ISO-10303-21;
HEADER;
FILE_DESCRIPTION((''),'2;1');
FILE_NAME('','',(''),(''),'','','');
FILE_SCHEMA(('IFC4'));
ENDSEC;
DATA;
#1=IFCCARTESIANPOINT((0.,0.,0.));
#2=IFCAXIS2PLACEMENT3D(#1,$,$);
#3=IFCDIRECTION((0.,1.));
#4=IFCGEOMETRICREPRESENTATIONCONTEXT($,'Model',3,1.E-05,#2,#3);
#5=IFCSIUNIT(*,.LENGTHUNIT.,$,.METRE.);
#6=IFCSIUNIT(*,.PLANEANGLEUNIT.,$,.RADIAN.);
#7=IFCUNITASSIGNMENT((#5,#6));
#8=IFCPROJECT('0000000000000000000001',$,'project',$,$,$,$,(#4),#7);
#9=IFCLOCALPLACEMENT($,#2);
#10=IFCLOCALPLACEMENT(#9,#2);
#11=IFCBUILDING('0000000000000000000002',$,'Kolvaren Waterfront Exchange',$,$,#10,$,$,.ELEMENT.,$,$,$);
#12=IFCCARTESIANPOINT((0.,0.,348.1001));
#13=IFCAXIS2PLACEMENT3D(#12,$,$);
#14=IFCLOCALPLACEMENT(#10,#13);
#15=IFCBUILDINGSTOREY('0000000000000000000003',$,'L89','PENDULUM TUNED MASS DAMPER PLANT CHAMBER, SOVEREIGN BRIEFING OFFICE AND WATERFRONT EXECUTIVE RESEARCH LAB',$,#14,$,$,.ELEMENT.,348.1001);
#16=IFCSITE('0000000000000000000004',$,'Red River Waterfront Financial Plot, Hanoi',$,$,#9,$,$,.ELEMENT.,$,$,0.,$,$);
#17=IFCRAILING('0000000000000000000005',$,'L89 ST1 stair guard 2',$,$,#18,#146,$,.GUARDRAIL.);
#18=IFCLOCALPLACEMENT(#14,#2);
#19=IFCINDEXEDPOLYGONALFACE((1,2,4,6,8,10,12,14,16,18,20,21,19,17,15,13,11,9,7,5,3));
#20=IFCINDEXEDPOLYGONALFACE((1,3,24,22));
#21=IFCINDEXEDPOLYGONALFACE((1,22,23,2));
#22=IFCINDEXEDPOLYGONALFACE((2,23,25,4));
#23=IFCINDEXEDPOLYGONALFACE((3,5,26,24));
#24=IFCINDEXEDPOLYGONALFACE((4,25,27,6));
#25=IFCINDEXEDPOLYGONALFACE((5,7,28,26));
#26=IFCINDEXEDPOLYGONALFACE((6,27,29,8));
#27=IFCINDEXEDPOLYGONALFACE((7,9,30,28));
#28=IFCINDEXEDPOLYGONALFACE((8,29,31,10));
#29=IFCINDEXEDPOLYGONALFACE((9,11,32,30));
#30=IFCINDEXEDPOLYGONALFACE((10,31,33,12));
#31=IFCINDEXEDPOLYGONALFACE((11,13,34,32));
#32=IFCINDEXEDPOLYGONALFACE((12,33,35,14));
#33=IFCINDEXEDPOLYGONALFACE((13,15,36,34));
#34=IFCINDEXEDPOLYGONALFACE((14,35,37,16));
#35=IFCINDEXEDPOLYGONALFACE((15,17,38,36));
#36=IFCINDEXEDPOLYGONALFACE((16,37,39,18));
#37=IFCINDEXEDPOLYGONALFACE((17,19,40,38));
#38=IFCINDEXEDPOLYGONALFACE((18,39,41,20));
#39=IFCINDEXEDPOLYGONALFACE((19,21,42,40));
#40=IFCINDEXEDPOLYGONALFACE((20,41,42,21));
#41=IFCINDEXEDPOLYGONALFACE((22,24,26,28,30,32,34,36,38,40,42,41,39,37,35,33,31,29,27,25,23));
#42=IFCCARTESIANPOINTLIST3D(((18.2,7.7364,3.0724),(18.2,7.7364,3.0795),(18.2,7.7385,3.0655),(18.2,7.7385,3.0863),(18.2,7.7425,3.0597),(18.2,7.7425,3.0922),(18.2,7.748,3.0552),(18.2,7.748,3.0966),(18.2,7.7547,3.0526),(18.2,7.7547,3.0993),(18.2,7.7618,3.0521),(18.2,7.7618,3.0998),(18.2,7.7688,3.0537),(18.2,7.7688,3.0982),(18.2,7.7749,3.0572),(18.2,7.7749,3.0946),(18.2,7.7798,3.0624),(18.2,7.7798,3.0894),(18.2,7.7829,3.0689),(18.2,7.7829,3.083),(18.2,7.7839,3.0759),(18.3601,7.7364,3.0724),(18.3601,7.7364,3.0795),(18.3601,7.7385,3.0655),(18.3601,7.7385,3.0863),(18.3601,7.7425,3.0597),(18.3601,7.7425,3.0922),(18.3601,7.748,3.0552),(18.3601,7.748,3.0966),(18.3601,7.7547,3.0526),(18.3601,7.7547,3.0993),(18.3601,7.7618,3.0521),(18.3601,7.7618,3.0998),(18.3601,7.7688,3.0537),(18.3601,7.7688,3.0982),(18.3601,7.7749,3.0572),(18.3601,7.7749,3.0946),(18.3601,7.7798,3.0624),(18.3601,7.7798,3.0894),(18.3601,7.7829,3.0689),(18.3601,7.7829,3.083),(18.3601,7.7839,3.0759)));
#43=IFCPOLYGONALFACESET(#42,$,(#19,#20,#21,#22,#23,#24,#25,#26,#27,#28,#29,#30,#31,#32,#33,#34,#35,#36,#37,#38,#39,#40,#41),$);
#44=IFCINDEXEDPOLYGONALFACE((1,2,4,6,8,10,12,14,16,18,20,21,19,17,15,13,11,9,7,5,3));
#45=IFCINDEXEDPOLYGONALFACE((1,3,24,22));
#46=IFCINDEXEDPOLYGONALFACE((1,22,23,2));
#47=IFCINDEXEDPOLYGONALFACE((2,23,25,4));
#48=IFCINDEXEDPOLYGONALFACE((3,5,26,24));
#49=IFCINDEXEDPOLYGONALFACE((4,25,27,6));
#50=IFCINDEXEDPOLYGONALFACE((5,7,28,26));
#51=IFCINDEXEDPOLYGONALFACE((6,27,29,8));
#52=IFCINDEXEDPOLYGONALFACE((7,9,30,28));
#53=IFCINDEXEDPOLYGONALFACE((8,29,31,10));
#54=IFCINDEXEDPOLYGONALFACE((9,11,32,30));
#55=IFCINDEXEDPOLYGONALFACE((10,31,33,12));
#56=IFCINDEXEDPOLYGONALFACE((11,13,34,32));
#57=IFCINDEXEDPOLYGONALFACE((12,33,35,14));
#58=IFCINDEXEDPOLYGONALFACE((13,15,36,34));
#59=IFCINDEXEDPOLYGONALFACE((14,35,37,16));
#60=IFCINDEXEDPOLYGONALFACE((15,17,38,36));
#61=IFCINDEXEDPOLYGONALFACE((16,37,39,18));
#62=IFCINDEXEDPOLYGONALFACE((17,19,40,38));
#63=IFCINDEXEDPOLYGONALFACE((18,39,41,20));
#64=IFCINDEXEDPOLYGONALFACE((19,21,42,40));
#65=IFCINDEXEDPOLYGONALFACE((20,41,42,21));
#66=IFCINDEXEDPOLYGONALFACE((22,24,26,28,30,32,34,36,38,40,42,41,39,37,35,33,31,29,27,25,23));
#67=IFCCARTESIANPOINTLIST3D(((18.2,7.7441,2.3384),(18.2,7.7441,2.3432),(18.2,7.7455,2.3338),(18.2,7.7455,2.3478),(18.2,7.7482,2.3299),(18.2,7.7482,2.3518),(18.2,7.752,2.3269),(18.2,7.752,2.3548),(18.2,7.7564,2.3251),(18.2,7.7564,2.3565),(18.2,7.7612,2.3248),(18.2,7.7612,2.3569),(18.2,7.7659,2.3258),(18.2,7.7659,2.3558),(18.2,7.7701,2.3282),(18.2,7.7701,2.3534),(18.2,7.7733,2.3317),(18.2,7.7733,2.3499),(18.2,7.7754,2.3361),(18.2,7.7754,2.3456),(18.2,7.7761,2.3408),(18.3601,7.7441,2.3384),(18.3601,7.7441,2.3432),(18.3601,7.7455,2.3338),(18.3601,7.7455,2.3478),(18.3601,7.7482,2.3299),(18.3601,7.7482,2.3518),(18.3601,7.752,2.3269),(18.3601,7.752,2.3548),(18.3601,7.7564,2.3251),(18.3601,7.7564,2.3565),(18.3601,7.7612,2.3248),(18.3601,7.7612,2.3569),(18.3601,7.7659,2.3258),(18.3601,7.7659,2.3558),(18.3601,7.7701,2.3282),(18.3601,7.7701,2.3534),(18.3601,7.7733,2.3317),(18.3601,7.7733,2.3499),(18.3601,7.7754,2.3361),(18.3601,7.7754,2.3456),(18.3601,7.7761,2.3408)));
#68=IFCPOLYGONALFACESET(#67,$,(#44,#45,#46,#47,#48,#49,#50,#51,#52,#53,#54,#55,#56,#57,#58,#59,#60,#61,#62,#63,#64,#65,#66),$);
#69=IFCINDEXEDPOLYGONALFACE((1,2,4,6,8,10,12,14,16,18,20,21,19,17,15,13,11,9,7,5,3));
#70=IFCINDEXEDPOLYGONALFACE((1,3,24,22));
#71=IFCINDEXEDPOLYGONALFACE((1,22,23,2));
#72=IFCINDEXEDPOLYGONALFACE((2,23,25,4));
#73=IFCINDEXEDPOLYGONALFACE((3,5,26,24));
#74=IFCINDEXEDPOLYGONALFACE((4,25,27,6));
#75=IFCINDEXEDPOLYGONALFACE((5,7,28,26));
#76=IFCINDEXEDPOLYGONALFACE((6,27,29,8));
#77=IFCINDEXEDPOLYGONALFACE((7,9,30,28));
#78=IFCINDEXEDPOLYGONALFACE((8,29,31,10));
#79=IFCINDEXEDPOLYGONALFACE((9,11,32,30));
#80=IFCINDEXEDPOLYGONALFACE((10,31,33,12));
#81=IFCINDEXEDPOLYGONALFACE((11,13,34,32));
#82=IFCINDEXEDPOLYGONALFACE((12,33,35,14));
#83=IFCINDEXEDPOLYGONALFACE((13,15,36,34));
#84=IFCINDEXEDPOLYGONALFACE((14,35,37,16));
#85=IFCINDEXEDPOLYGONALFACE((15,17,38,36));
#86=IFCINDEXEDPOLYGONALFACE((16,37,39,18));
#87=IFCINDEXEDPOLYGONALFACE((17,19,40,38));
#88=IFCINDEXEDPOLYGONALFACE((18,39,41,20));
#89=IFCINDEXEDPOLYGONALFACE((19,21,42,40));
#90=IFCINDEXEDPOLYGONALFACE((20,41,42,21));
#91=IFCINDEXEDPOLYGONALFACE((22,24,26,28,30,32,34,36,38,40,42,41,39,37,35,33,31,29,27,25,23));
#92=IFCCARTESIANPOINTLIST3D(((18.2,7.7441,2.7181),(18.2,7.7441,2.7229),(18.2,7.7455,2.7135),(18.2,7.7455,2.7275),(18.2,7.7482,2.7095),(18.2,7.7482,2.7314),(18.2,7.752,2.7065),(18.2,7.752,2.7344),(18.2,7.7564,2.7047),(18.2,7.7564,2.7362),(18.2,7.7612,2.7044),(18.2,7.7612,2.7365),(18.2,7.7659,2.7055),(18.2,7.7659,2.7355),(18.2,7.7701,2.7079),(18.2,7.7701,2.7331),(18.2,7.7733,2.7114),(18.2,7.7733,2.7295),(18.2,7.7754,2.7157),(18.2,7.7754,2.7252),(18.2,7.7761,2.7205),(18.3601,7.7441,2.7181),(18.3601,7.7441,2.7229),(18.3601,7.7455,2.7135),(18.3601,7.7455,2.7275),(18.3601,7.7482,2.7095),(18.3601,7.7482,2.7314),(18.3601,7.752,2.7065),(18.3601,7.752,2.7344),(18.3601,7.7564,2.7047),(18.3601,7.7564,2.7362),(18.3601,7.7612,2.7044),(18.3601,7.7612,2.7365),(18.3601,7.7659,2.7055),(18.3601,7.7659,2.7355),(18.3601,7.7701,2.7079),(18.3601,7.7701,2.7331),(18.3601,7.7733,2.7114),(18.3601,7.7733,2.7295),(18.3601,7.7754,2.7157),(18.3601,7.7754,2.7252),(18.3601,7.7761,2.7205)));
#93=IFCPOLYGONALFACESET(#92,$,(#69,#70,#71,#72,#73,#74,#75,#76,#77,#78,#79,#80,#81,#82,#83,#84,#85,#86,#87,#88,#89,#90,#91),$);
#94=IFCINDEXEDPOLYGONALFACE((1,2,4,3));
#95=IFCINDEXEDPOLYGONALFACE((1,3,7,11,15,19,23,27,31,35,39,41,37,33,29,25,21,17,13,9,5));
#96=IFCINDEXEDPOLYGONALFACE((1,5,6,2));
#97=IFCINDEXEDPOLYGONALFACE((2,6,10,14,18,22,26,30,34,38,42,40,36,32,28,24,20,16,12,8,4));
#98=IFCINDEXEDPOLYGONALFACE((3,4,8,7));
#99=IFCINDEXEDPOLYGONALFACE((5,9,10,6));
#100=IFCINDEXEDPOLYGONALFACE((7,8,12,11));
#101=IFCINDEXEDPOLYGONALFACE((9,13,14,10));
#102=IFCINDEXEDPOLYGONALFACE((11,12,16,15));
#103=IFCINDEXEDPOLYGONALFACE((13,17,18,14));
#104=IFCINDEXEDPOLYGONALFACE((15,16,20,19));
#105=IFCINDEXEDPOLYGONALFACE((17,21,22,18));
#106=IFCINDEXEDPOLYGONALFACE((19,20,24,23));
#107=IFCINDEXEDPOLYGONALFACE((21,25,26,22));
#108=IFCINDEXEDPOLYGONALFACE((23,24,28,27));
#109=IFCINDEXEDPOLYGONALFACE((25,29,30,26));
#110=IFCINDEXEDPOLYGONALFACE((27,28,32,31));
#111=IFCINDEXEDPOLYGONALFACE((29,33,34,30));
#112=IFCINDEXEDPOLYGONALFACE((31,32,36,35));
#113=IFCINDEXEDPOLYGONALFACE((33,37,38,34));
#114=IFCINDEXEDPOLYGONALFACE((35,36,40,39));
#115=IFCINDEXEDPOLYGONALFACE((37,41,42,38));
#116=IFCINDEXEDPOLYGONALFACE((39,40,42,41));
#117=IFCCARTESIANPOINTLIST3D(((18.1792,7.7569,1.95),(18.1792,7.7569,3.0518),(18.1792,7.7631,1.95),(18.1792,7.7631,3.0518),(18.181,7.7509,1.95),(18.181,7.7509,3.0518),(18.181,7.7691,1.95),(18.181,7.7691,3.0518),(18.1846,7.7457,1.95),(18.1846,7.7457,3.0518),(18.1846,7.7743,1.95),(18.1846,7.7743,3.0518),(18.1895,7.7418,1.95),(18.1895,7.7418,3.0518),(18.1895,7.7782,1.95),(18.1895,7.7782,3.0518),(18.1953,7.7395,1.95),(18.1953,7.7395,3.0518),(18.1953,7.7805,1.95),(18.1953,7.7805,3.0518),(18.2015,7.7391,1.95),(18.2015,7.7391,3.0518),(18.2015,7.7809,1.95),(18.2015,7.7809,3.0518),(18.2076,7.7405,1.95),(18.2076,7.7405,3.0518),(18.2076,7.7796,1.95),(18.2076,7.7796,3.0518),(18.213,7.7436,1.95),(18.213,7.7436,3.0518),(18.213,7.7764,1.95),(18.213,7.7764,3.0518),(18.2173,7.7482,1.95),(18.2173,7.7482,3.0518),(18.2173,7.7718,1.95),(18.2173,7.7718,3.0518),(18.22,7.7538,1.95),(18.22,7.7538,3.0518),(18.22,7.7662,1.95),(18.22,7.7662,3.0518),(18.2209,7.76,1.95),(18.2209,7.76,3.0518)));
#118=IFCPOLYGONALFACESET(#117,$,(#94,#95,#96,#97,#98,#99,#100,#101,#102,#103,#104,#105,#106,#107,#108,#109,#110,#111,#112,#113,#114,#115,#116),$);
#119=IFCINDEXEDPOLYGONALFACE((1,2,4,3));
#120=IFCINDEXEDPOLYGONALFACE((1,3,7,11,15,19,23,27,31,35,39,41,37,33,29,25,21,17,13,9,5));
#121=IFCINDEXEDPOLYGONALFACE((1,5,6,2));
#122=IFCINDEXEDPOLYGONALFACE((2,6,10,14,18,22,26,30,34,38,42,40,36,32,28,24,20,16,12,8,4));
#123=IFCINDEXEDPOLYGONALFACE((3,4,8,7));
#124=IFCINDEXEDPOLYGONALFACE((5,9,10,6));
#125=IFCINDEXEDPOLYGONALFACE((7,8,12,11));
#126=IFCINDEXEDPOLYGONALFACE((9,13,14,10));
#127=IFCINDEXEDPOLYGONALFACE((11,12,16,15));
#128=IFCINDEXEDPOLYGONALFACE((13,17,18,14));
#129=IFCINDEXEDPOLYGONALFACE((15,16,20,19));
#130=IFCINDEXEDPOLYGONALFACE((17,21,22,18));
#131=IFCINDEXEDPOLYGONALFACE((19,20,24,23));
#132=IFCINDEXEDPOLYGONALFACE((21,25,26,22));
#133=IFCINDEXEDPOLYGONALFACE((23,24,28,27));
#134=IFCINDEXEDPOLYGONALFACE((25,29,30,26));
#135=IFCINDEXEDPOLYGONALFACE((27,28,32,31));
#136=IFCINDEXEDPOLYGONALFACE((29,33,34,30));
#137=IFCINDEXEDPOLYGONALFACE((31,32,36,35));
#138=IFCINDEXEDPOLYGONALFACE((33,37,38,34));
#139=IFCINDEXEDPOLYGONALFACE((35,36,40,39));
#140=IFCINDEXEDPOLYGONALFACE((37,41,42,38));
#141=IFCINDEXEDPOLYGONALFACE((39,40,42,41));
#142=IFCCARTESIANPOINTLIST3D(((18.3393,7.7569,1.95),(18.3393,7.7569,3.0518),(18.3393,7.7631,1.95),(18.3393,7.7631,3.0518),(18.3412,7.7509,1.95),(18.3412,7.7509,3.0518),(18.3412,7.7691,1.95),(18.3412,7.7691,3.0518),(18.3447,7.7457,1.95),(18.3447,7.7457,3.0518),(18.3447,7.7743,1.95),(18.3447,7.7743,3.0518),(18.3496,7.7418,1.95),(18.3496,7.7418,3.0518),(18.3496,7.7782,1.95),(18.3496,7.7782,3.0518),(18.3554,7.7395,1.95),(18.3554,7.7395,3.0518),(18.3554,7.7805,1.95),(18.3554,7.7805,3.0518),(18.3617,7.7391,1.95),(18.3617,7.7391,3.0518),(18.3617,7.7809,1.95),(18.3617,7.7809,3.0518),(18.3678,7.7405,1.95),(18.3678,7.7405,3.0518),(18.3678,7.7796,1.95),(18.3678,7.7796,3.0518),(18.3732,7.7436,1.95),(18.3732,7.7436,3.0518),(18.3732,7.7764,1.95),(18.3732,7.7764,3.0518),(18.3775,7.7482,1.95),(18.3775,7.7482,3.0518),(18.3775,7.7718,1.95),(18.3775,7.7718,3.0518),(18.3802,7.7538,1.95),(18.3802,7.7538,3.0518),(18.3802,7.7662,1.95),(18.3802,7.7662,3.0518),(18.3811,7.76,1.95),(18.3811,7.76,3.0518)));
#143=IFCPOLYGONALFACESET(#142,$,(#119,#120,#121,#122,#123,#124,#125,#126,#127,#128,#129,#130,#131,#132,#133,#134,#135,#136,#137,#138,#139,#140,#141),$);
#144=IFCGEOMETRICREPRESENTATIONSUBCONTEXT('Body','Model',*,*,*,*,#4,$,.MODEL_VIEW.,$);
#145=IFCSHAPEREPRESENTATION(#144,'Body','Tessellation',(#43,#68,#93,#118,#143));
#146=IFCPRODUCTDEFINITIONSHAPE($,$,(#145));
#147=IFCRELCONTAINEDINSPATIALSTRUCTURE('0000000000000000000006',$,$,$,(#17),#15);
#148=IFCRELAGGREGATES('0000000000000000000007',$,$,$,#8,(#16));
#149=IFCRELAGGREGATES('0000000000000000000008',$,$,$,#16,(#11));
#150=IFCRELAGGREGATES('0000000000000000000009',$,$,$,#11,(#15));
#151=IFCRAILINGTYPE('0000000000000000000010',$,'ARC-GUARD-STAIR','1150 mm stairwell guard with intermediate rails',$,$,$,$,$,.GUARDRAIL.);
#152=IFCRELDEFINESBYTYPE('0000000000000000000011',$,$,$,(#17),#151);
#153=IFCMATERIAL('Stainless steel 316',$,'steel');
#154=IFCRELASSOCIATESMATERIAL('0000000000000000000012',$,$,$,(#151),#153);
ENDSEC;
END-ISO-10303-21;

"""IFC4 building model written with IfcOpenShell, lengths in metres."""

from ifc_helpers import new_model, si_unit, direction, frame, origin, origin_2d, place, context, subcontext, project, spatial, circle, extrude, material, type_object, element, save


model = new_model("IFC4")

# Units and contexts
model_context = context("Model", 3, precision=1e-05, world=origin(), true_north=direction((0.0, 1.0)))
body_context = subcontext(model_context, "Body", "Model", "MODEL_VIEW")
ifc_project = project(units=[si_unit("LENGTHUNIT", "METRE"), si_unit("PLANEANGLEUNIT", "RADIAN")], contexts=[model_context])

# Site, building, storey
site_placement = place(None, origin())
site = spatial("IfcSite", under=ifc_project, at=site_placement, Name="Red River Waterfront Financial Plot, Hanoi", CompositionType="ELEMENT", RefElevation=0.0)
building_placement = place(site_placement, origin())
building = spatial("IfcBuilding", under=site, at=building_placement, Name="Kolvaren Waterfront Exchange", CompositionType="ELEMENT")
storey_placement = place(building_placement, frame((0.0, 0.0, 348.1001)))
storey = spatial("IfcBuildingStorey", under=building, at=storey_placement, Name="L89", Description="PENDULUM TUNED MASS DAMPER PLANT CHAMBER, SOVEREIGN BRIEFING OFFICE AND WATERFRONT EXECUTIVE RESEARCH LAB", CompositionType="ELEMENT", Elevation=348.1001)

# Railing
ifc_material_1 = material(Name="Stainless steel 316", Category="steel")
railing_type_1 = type_object("IfcRailingType", Name="ARC-GUARD-STAIR", Description="1150 mm stairwell guard with intermediate rails", PredefinedType="GUARDRAIL", material=ifc_material_1)
railing_1_placement = place(storey_placement, frame((18.2, 7.76, 1.95)))
element("IfcRailing", 1, at=railing_1_placement, inside=storey, type_object=railing_type_1, Name="L89 ST1 stair guard 2", PredefinedType="GUARDRAIL", context=body_context, shape_type="SweptSolid", body=[
    extrude(circle(Radius=0.0239, at=origin_2d()), frame((0.0, 0.0, 1.126), z_axis=(1.0, 0.0, 0.0), x_axis=(0.0, 1.0, 0.0)), (0.0, 0.0, 1.0), 0.1602),
    extrude(circle(Radius=0.0161, at=origin_2d()), frame((0.0, 0.0, 0.3909), z_axis=(1.0, 0.0, 0.0), x_axis=(0.0, 1.0, 0.0)), (0.0, 0.0, 1.0), 0.1602),
    extrude(circle(Radius=0.0161, at=origin_2d()), frame((0.0, 0.0, 0.7705), z_axis=(1.0, 0.0, 0.0), x_axis=(0.0, 1.0, 0.0)), (0.0, 0.0, 1.0), 0.1602),
    extrude(circle(Radius=0.021, at=origin_2d()), origin(), (0.0, 0.0, 1.0), 1.1018),
    extrude(circle(Radius=0.021, at=origin_2d()), frame((0.1602, 0.0, 0.0)), (0.0, 0.0, 1.0), 1.1018),
])

save(model, "model.ifc")
